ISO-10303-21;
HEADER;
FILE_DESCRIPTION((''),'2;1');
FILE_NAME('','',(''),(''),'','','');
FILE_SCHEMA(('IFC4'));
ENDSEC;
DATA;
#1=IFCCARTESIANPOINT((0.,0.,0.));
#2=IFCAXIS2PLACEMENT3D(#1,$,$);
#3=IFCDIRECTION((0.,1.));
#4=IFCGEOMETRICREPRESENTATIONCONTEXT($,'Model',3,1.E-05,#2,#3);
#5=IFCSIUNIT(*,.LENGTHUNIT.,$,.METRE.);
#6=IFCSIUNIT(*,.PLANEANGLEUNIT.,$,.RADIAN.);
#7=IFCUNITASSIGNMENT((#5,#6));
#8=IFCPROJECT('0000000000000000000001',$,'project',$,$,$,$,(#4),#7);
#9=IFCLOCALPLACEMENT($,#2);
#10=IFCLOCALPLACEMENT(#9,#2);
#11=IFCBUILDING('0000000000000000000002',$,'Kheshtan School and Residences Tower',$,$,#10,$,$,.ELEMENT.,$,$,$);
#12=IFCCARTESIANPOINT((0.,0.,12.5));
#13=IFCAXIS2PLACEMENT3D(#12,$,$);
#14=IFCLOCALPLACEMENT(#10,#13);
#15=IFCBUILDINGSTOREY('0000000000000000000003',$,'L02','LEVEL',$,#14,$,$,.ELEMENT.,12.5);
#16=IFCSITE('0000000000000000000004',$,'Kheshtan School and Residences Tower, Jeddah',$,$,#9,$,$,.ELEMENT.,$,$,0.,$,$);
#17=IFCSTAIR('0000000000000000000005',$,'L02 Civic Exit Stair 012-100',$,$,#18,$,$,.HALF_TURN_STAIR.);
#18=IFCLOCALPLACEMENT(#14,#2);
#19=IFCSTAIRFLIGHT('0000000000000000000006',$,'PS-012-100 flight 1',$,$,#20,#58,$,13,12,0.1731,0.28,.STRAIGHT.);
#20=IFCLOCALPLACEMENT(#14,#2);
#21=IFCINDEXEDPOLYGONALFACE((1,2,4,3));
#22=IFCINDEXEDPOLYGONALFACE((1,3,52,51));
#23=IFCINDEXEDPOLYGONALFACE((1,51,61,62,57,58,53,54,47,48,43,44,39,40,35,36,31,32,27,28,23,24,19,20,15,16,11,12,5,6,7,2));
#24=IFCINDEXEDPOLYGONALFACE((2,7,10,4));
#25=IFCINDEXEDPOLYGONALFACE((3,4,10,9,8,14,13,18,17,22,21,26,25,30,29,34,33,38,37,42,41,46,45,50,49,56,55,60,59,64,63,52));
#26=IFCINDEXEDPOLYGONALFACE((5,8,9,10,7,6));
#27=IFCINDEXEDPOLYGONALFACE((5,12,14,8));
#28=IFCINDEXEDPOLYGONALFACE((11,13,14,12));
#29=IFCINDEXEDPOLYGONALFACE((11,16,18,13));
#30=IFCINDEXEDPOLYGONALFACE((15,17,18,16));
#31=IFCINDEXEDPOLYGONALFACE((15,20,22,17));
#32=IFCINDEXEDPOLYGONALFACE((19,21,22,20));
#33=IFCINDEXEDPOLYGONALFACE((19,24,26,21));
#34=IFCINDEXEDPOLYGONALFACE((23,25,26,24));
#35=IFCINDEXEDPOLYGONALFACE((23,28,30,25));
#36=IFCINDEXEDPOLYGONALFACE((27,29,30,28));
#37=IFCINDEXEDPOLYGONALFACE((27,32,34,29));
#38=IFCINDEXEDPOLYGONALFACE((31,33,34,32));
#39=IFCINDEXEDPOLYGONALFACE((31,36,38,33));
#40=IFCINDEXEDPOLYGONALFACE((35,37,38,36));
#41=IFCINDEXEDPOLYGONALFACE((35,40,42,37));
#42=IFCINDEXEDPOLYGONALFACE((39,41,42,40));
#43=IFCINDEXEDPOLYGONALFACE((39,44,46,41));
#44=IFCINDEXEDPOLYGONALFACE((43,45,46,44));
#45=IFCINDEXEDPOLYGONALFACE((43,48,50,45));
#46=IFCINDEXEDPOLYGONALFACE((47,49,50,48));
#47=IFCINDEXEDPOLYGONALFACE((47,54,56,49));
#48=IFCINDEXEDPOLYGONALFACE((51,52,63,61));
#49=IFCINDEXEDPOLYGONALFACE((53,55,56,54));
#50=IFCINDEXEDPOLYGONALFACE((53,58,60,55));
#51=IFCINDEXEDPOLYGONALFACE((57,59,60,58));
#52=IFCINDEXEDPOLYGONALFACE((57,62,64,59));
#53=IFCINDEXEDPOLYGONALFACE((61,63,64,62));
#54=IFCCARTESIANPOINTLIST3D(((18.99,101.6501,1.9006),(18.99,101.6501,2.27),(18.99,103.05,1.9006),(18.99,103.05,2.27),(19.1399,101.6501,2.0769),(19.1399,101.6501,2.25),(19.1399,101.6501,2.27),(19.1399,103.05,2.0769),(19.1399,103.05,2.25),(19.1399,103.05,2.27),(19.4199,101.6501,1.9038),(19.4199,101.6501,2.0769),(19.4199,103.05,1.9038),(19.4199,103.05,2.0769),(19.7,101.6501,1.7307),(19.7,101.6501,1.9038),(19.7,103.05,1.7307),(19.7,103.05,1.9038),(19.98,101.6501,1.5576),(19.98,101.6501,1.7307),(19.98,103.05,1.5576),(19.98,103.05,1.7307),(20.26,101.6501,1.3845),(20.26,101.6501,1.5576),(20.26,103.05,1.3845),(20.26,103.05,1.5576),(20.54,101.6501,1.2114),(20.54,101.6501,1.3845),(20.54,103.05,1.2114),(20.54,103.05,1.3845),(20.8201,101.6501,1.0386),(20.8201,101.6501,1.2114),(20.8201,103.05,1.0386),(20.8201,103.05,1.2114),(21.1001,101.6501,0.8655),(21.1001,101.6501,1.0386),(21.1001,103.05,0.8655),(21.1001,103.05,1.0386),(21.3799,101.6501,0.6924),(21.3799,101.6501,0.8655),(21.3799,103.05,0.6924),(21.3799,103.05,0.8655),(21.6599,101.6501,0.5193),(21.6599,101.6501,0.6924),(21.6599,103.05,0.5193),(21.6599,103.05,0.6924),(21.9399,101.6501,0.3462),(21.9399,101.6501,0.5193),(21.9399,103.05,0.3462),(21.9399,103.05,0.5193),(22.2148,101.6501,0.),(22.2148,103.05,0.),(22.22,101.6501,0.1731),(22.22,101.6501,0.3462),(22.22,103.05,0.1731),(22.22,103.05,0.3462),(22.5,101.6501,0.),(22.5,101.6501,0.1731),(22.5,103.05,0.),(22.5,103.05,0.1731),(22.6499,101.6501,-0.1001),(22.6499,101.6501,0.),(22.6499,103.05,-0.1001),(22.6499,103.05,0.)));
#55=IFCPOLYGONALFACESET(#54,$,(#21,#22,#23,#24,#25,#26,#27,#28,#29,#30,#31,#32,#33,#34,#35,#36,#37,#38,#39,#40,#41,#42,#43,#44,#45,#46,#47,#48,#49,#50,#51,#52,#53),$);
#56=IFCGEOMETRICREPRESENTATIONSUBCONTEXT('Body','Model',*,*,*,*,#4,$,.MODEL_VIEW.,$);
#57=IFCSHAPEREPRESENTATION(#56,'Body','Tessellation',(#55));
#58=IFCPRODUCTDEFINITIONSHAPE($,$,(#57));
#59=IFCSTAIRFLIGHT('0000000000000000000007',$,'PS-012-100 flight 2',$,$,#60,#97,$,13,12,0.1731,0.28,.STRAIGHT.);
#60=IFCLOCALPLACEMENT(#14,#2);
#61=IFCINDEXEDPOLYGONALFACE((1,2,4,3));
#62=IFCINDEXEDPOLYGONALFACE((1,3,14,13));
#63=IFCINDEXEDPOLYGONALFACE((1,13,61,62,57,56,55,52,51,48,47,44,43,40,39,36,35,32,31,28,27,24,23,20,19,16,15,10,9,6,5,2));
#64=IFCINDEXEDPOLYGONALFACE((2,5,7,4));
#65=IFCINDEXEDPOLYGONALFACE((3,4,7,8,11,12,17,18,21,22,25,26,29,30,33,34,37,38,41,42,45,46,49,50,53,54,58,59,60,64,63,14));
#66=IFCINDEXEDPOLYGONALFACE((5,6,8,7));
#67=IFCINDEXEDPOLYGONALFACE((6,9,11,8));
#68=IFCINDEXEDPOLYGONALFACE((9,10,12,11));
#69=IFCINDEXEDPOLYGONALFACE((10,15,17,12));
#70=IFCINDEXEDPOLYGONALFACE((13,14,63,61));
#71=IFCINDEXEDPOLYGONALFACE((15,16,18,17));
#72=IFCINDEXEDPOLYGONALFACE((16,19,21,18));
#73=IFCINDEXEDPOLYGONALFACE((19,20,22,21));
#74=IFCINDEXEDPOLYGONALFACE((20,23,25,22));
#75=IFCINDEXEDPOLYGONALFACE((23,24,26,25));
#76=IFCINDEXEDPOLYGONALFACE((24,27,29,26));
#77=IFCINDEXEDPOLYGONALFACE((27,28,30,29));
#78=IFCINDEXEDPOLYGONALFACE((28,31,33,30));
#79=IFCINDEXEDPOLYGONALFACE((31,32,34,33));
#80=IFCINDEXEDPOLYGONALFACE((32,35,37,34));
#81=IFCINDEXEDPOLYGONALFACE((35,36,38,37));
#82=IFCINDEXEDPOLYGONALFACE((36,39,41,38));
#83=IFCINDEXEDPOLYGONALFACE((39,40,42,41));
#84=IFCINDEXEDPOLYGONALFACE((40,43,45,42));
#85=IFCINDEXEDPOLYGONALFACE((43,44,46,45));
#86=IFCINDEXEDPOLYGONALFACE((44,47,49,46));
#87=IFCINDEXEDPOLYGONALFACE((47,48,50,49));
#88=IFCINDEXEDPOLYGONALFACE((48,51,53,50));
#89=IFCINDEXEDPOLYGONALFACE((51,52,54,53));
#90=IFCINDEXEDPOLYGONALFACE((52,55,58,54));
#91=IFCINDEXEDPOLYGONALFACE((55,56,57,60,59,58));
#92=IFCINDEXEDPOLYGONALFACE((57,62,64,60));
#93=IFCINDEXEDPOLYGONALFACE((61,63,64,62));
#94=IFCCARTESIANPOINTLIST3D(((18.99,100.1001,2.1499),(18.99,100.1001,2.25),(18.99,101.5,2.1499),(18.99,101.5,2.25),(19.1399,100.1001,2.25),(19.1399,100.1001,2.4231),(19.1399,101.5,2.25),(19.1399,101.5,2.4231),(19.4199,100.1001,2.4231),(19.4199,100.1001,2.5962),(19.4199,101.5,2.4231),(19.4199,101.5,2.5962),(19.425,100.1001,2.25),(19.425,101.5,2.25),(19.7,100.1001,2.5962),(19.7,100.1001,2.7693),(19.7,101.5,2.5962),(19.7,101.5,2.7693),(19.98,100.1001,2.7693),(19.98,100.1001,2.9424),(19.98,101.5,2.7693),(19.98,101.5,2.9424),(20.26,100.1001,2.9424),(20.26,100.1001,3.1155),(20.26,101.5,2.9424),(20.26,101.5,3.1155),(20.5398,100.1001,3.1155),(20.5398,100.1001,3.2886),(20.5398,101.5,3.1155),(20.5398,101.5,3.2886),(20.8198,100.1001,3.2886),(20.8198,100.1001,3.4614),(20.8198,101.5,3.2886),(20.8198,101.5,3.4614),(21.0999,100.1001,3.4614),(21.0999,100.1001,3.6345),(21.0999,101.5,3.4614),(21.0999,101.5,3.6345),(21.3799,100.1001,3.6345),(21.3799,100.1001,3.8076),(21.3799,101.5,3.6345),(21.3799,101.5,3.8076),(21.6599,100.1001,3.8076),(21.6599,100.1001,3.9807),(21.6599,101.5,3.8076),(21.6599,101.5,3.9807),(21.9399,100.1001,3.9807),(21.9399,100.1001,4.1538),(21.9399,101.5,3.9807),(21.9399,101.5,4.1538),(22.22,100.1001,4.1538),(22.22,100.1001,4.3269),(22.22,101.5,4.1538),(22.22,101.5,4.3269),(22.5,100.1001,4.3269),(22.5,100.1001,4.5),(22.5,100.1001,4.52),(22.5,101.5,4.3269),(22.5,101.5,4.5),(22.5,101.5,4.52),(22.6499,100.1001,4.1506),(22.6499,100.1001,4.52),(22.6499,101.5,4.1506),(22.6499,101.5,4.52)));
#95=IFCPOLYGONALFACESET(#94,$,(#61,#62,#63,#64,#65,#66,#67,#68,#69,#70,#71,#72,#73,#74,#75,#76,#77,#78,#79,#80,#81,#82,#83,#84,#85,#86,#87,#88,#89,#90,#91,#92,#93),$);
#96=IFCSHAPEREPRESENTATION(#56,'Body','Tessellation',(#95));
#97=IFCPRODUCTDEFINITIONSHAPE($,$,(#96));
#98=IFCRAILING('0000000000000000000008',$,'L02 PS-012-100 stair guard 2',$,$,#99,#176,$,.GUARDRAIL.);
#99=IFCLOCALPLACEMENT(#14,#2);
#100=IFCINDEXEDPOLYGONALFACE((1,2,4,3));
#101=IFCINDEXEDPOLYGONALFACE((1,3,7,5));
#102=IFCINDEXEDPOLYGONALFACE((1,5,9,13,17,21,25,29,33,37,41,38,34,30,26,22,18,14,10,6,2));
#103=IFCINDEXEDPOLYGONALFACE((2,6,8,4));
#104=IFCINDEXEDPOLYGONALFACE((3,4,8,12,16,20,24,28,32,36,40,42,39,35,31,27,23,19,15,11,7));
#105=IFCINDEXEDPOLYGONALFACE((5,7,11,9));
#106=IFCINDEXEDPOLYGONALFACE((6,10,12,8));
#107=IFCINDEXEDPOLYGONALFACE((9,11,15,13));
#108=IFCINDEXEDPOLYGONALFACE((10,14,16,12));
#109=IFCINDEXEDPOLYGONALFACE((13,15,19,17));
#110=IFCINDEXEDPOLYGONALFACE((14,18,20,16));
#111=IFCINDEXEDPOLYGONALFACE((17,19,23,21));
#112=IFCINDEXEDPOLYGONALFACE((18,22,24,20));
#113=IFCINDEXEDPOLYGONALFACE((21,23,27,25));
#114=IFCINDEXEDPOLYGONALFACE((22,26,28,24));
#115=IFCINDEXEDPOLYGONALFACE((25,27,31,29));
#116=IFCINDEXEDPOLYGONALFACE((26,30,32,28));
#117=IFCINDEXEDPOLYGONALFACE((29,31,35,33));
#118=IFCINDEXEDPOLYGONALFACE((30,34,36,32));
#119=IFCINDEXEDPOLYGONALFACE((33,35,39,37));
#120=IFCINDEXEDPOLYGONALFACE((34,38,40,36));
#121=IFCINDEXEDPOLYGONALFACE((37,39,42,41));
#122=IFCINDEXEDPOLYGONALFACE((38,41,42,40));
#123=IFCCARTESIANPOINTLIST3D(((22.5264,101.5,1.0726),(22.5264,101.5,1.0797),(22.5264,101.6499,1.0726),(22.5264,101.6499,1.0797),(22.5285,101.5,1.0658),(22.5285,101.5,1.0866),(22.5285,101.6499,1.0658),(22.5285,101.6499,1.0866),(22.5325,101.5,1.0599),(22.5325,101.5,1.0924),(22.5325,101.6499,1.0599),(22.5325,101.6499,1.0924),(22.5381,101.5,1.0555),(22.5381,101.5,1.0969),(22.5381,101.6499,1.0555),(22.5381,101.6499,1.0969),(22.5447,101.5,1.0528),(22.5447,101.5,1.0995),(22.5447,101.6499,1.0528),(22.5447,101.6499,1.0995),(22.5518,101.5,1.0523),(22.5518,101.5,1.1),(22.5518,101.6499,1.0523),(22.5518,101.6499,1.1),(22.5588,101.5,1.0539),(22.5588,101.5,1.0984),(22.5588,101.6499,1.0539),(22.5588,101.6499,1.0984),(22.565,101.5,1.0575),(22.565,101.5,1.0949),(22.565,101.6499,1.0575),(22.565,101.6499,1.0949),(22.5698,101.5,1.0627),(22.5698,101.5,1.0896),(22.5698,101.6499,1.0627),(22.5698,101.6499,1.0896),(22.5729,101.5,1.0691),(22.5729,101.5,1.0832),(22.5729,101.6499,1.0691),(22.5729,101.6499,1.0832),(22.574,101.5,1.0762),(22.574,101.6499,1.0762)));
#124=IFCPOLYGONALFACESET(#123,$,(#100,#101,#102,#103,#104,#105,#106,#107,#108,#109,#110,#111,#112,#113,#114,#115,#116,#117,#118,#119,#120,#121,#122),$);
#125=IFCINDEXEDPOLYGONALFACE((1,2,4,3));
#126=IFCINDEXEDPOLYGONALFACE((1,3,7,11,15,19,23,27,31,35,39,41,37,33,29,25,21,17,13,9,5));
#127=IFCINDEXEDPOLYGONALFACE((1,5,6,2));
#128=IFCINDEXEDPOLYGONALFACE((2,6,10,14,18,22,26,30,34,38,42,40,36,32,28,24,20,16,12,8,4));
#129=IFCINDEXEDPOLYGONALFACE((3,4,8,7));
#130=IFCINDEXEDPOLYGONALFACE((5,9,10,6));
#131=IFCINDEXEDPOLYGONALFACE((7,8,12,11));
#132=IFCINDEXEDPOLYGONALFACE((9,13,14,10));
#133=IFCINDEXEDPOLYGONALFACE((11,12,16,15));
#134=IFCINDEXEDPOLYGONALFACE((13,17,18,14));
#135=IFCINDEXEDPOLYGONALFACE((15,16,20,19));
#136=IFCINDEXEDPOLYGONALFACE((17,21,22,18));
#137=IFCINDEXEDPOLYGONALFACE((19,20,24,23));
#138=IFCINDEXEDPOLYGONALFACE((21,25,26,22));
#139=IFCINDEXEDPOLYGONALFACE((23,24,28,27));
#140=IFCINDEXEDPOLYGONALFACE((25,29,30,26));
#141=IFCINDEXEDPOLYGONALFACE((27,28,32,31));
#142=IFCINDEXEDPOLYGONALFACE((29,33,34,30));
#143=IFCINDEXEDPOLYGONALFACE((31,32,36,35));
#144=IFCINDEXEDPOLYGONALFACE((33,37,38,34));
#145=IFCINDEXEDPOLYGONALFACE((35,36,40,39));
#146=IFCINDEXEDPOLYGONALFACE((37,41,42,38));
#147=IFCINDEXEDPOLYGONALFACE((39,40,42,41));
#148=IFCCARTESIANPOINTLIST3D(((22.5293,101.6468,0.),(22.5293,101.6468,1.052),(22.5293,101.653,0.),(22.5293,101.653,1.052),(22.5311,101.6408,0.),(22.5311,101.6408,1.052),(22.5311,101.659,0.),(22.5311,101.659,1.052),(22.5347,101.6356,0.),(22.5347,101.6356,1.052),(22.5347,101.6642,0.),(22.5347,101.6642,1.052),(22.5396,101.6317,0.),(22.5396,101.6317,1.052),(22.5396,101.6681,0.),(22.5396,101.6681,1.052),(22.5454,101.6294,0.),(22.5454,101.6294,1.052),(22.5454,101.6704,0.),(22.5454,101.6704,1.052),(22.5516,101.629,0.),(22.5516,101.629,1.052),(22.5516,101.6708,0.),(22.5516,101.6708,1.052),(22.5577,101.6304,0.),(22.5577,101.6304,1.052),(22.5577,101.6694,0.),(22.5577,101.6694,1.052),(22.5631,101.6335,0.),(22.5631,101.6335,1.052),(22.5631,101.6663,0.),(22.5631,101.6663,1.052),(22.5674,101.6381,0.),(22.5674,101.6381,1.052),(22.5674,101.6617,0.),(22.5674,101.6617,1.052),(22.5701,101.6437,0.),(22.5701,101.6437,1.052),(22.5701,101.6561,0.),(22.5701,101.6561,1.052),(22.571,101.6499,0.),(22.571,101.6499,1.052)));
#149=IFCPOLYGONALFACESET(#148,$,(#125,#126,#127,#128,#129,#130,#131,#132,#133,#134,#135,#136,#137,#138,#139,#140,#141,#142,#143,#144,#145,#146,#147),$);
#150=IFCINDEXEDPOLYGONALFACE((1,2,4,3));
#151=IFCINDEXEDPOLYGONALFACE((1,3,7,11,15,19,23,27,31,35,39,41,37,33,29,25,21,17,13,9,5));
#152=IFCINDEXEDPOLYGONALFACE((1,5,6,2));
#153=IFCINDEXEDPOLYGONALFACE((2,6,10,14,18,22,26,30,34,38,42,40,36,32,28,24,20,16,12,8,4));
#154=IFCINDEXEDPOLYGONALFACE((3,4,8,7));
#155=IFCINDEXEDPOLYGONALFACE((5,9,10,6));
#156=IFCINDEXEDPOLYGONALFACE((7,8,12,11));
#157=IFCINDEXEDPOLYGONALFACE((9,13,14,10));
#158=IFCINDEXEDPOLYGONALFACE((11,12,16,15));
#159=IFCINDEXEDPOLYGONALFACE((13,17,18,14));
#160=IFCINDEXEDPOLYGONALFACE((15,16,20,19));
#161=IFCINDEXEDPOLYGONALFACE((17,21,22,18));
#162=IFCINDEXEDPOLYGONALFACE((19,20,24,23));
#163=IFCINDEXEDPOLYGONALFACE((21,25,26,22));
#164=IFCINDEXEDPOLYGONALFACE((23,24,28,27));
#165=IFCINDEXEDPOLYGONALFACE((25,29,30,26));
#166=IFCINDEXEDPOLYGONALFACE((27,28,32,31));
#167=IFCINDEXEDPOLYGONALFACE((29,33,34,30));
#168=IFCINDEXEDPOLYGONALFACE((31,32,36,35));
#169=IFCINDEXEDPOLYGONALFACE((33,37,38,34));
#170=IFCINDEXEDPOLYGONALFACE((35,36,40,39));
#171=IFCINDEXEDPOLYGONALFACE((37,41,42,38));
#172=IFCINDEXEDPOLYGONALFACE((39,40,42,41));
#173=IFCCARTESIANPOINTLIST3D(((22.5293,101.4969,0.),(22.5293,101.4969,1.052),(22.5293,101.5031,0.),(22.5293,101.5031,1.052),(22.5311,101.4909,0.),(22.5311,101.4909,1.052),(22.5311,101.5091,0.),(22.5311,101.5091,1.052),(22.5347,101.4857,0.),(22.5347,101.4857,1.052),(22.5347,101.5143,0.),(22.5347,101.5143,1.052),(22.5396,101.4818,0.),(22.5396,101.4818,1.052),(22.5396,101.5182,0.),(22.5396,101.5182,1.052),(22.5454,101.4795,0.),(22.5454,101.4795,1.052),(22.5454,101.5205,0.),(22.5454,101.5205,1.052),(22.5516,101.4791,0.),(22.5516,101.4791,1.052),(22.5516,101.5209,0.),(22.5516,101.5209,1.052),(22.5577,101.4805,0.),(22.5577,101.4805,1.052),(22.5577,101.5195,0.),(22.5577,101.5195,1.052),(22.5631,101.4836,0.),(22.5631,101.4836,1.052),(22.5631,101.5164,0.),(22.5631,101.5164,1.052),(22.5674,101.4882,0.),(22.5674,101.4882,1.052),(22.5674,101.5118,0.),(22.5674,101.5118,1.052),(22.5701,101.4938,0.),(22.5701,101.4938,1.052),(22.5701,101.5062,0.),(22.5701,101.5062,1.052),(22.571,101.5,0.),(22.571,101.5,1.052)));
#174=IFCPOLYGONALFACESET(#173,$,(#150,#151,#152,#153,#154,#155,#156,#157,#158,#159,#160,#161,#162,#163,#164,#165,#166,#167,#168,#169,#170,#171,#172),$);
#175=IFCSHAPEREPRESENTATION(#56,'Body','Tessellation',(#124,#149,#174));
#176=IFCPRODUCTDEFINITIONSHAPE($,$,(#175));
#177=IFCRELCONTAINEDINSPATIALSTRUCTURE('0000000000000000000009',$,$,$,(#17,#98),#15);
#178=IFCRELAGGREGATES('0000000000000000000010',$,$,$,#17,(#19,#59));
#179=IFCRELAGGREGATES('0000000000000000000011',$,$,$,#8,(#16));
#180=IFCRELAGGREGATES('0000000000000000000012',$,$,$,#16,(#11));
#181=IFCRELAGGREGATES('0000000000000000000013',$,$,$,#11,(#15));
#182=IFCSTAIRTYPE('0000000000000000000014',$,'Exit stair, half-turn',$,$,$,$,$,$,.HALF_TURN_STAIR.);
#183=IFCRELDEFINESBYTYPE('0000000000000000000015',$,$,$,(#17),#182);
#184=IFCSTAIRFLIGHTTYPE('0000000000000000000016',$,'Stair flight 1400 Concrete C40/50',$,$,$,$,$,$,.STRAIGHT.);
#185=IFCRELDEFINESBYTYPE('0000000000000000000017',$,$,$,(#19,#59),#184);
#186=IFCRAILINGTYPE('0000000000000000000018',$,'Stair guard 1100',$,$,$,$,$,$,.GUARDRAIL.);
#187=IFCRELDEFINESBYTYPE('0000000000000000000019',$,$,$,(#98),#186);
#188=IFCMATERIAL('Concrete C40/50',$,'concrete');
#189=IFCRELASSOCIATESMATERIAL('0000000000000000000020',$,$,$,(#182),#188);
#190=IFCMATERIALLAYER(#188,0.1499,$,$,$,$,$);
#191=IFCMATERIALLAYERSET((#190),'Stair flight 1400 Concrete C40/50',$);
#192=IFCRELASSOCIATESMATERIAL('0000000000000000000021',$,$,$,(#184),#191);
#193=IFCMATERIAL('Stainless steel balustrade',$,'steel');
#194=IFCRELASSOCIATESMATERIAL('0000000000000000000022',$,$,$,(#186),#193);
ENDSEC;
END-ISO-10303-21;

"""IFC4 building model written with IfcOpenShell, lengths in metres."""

from ifc_helpers import new_model, si_unit, direction, frame, origin, origin_2d, place, context, subcontext, project, spatial, polyline, circle, outline, extrude, material, layer, layer_set, type_object, element, aggregate, save


model = new_model("IFC4")

# Units and contexts
model_context = context("Model", 3, precision=1e-05, world=origin(), true_north=direction((0.0, 1.0)))
body_context = subcontext(model_context, "Body", "Model", "MODEL_VIEW")
ifc_project = project(units=[si_unit("LENGTHUNIT", "METRE"), si_unit("PLANEANGLEUNIT", "RADIAN")], contexts=[model_context])

# Site, building, storey
site_placement = place(None, origin())
site = spatial("IfcSite", under=ifc_project, at=site_placement, Name="Kheshtan School and Residences Tower, Jeddah", CompositionType="ELEMENT", RefElevation=0.0)
building_placement = place(site_placement, origin())
building = spatial("IfcBuilding", under=site, at=building_placement, Name="Kheshtan School and Residences Tower", CompositionType="ELEMENT")
storey_placement = place(building_placement, frame((0.0, 0.0, 12.5)))
storey = spatial("IfcBuildingStorey", under=building, at=storey_placement, Name="L02", Description="LEVEL", CompositionType="ELEMENT", Elevation=12.5)

# Shared definitions
ifc_material_1 = material(Name="Concrete C40/50", Category="concrete")

# Stair, stair flights
stair_type = type_object("IfcStairType", Name="Exit stair, half-turn", PredefinedType="HALF_TURN_STAIR", material=ifc_material_1)
stair_placement = place(storey_placement, origin())
stair = element("IfcStair", 1, at=stair_placement, inside=storey, type_object=stair_type, Name="L02 Civic Exit Stair 012-100", PredefinedType="HALF_TURN_STAIR")
ifc_layer_1 = layer(ifc_material_1, 0.1499)
ifc_layer_set_1 = layer_set([ifc_layer_1], Name="Stair flight 1400 Concrete C40/50")
stair_flight_type = type_object("IfcStairFlightType", Name="Stair flight 1400 Concrete C40/50", PredefinedType="STRAIGHT", material=ifc_layer_set_1)
stair_flight_1_placement = place(storey_placement, frame((22.5, 102.3501, 0.0), z_axis=(0.0, 0.0, 1.0), x_axis=(-1.0, 0.0, 0.0)))
stair_flight_1 = element("IfcStairFlight", 2, at=stair_flight_1_placement, type_object=stair_flight_type, Name="PS-012-100 flight 1", NumberOfRisers=13, NumberOfTreads=12, PredefinedType="STRAIGHT", RiserHeight=0.1731, TreadLength=0.28, context=body_context, shape_type="SweptSolid", body=[
    extrude(outline(polyline([(-0.1499, -0.1001), (-0.1499, 0.0), (0.0, 0.0), (0.0, 0.1731), (0.28, 0.1731), (0.28, 0.3462), (0.5601, 0.3462), (0.5601, 0.5193), (0.8401, 0.5193), (0.8401, 0.6924), (1.1201, 0.6924), (1.1201, 0.8655), (1.3999, 0.8655), (1.3999, 1.0386), (1.6799, 1.0386), (1.6799, 1.2114), (1.96, 1.2114), (1.96, 1.3845), (2.24, 1.3845), (2.24, 1.5576), (2.52, 1.5576), (2.52, 1.7307), (2.8, 1.7307), (2.8, 1.9038), (3.0801, 1.9038), (3.0801, 2.0769), (3.3601, 2.0769), (3.3601, 2.25), (3.3601, 2.27), (3.51, 2.27), (3.51, 1.9006), (0.2852, 0.0), (-0.1499, -0.1001)])), frame((0.0, 0.7, 0.0), z_axis=(0.0, -1.0, 0.0), x_axis=(1.0, 0.0, 0.0)), (0.0, 0.0, 1.0), 1.3999),
])
stair_flight_2_placement = place(storey_placement, frame((19.1399, 100.8, 2.25), z_axis=(0.0, 0.0, 1.0), x_axis=(1.0, 0.0, 0.0)))
stair_flight_2 = element("IfcStairFlight", 3, at=stair_flight_2_placement, type_object=stair_flight_type, Name="PS-012-100 flight 2", NumberOfRisers=13, NumberOfTreads=12, PredefinedType="STRAIGHT", RiserHeight=0.1731, TreadLength=0.28, context=body_context, shape_type="SweptSolid", body=[
    extrude(outline(polyline([(-0.1499, -0.1001), (-0.1499, 0.0), (0.0, 0.0), (0.0, 0.1731), (0.28, 0.1731), (0.28, 0.3462), (0.5601, 0.3462), (0.5601, 0.5193), (0.8401, 0.5193), (0.8401, 0.6924), (1.1201, 0.6924), (1.1201, 0.8655), (1.3999, 0.8655), (1.3999, 1.0386), (1.6799, 1.0386), (1.6799, 1.2114), (1.96, 1.2114), (1.96, 1.3845), (2.24, 1.3845), (2.24, 1.5576), (2.52, 1.5576), (2.52, 1.7307), (2.8, 1.7307), (2.8, 1.9038), (3.0801, 1.9038), (3.0801, 2.0769), (3.3601, 2.0769), (3.3601, 2.25), (3.3601, 2.27), (3.51, 2.27), (3.51, 1.9006), (0.2852, 0.0), (-0.1499, -0.1001)])), frame((0.0, 0.7, 0.0), z_axis=(0.0, -1.0, 0.0), x_axis=(1.0, 0.0, 0.0)), (0.0, 0.0, 1.0), 1.3999),
])
aggregate(stair, [stair_flight_1, stair_flight_2])

# Railing
ifc_material_2 = material(Name="Stainless steel balustrade", Category="steel")
railing_type_1 = type_object("IfcRailingType", Name="Stair guard 1100", PredefinedType="GUARDRAIL", material=ifc_material_2)
railing_1_placement = place(storey_placement, frame((22.55, 101.6499, 0.0)))
element("IfcRailing", 4, at=railing_1_placement, inside=storey, type_object=railing_type_1, Name="L02 PS-012-100 stair guard 2", PredefinedType="GUARDRAIL", context=body_context, shape_type="SweptSolid", body=[
    extrude(circle(Radius=0.0239, at=origin_2d()), frame((0.0, 0.0, 1.0762), z_axis=(0.0, -1.0, 0.0), x_axis=(1.0, 0.0, 0.0)), (0.0, 0.0, 1.0), 0.1499),
    extrude(circle(Radius=0.021, at=origin_2d()), origin(), (0.0, 0.0, 1.0), 1.052),
    extrude(circle(Radius=0.021, at=origin_2d()), frame((0.0, -0.1499, 0.0)), (0.0, 0.0, 1.0), 1.052),
])

save(model, "model.ifc")
